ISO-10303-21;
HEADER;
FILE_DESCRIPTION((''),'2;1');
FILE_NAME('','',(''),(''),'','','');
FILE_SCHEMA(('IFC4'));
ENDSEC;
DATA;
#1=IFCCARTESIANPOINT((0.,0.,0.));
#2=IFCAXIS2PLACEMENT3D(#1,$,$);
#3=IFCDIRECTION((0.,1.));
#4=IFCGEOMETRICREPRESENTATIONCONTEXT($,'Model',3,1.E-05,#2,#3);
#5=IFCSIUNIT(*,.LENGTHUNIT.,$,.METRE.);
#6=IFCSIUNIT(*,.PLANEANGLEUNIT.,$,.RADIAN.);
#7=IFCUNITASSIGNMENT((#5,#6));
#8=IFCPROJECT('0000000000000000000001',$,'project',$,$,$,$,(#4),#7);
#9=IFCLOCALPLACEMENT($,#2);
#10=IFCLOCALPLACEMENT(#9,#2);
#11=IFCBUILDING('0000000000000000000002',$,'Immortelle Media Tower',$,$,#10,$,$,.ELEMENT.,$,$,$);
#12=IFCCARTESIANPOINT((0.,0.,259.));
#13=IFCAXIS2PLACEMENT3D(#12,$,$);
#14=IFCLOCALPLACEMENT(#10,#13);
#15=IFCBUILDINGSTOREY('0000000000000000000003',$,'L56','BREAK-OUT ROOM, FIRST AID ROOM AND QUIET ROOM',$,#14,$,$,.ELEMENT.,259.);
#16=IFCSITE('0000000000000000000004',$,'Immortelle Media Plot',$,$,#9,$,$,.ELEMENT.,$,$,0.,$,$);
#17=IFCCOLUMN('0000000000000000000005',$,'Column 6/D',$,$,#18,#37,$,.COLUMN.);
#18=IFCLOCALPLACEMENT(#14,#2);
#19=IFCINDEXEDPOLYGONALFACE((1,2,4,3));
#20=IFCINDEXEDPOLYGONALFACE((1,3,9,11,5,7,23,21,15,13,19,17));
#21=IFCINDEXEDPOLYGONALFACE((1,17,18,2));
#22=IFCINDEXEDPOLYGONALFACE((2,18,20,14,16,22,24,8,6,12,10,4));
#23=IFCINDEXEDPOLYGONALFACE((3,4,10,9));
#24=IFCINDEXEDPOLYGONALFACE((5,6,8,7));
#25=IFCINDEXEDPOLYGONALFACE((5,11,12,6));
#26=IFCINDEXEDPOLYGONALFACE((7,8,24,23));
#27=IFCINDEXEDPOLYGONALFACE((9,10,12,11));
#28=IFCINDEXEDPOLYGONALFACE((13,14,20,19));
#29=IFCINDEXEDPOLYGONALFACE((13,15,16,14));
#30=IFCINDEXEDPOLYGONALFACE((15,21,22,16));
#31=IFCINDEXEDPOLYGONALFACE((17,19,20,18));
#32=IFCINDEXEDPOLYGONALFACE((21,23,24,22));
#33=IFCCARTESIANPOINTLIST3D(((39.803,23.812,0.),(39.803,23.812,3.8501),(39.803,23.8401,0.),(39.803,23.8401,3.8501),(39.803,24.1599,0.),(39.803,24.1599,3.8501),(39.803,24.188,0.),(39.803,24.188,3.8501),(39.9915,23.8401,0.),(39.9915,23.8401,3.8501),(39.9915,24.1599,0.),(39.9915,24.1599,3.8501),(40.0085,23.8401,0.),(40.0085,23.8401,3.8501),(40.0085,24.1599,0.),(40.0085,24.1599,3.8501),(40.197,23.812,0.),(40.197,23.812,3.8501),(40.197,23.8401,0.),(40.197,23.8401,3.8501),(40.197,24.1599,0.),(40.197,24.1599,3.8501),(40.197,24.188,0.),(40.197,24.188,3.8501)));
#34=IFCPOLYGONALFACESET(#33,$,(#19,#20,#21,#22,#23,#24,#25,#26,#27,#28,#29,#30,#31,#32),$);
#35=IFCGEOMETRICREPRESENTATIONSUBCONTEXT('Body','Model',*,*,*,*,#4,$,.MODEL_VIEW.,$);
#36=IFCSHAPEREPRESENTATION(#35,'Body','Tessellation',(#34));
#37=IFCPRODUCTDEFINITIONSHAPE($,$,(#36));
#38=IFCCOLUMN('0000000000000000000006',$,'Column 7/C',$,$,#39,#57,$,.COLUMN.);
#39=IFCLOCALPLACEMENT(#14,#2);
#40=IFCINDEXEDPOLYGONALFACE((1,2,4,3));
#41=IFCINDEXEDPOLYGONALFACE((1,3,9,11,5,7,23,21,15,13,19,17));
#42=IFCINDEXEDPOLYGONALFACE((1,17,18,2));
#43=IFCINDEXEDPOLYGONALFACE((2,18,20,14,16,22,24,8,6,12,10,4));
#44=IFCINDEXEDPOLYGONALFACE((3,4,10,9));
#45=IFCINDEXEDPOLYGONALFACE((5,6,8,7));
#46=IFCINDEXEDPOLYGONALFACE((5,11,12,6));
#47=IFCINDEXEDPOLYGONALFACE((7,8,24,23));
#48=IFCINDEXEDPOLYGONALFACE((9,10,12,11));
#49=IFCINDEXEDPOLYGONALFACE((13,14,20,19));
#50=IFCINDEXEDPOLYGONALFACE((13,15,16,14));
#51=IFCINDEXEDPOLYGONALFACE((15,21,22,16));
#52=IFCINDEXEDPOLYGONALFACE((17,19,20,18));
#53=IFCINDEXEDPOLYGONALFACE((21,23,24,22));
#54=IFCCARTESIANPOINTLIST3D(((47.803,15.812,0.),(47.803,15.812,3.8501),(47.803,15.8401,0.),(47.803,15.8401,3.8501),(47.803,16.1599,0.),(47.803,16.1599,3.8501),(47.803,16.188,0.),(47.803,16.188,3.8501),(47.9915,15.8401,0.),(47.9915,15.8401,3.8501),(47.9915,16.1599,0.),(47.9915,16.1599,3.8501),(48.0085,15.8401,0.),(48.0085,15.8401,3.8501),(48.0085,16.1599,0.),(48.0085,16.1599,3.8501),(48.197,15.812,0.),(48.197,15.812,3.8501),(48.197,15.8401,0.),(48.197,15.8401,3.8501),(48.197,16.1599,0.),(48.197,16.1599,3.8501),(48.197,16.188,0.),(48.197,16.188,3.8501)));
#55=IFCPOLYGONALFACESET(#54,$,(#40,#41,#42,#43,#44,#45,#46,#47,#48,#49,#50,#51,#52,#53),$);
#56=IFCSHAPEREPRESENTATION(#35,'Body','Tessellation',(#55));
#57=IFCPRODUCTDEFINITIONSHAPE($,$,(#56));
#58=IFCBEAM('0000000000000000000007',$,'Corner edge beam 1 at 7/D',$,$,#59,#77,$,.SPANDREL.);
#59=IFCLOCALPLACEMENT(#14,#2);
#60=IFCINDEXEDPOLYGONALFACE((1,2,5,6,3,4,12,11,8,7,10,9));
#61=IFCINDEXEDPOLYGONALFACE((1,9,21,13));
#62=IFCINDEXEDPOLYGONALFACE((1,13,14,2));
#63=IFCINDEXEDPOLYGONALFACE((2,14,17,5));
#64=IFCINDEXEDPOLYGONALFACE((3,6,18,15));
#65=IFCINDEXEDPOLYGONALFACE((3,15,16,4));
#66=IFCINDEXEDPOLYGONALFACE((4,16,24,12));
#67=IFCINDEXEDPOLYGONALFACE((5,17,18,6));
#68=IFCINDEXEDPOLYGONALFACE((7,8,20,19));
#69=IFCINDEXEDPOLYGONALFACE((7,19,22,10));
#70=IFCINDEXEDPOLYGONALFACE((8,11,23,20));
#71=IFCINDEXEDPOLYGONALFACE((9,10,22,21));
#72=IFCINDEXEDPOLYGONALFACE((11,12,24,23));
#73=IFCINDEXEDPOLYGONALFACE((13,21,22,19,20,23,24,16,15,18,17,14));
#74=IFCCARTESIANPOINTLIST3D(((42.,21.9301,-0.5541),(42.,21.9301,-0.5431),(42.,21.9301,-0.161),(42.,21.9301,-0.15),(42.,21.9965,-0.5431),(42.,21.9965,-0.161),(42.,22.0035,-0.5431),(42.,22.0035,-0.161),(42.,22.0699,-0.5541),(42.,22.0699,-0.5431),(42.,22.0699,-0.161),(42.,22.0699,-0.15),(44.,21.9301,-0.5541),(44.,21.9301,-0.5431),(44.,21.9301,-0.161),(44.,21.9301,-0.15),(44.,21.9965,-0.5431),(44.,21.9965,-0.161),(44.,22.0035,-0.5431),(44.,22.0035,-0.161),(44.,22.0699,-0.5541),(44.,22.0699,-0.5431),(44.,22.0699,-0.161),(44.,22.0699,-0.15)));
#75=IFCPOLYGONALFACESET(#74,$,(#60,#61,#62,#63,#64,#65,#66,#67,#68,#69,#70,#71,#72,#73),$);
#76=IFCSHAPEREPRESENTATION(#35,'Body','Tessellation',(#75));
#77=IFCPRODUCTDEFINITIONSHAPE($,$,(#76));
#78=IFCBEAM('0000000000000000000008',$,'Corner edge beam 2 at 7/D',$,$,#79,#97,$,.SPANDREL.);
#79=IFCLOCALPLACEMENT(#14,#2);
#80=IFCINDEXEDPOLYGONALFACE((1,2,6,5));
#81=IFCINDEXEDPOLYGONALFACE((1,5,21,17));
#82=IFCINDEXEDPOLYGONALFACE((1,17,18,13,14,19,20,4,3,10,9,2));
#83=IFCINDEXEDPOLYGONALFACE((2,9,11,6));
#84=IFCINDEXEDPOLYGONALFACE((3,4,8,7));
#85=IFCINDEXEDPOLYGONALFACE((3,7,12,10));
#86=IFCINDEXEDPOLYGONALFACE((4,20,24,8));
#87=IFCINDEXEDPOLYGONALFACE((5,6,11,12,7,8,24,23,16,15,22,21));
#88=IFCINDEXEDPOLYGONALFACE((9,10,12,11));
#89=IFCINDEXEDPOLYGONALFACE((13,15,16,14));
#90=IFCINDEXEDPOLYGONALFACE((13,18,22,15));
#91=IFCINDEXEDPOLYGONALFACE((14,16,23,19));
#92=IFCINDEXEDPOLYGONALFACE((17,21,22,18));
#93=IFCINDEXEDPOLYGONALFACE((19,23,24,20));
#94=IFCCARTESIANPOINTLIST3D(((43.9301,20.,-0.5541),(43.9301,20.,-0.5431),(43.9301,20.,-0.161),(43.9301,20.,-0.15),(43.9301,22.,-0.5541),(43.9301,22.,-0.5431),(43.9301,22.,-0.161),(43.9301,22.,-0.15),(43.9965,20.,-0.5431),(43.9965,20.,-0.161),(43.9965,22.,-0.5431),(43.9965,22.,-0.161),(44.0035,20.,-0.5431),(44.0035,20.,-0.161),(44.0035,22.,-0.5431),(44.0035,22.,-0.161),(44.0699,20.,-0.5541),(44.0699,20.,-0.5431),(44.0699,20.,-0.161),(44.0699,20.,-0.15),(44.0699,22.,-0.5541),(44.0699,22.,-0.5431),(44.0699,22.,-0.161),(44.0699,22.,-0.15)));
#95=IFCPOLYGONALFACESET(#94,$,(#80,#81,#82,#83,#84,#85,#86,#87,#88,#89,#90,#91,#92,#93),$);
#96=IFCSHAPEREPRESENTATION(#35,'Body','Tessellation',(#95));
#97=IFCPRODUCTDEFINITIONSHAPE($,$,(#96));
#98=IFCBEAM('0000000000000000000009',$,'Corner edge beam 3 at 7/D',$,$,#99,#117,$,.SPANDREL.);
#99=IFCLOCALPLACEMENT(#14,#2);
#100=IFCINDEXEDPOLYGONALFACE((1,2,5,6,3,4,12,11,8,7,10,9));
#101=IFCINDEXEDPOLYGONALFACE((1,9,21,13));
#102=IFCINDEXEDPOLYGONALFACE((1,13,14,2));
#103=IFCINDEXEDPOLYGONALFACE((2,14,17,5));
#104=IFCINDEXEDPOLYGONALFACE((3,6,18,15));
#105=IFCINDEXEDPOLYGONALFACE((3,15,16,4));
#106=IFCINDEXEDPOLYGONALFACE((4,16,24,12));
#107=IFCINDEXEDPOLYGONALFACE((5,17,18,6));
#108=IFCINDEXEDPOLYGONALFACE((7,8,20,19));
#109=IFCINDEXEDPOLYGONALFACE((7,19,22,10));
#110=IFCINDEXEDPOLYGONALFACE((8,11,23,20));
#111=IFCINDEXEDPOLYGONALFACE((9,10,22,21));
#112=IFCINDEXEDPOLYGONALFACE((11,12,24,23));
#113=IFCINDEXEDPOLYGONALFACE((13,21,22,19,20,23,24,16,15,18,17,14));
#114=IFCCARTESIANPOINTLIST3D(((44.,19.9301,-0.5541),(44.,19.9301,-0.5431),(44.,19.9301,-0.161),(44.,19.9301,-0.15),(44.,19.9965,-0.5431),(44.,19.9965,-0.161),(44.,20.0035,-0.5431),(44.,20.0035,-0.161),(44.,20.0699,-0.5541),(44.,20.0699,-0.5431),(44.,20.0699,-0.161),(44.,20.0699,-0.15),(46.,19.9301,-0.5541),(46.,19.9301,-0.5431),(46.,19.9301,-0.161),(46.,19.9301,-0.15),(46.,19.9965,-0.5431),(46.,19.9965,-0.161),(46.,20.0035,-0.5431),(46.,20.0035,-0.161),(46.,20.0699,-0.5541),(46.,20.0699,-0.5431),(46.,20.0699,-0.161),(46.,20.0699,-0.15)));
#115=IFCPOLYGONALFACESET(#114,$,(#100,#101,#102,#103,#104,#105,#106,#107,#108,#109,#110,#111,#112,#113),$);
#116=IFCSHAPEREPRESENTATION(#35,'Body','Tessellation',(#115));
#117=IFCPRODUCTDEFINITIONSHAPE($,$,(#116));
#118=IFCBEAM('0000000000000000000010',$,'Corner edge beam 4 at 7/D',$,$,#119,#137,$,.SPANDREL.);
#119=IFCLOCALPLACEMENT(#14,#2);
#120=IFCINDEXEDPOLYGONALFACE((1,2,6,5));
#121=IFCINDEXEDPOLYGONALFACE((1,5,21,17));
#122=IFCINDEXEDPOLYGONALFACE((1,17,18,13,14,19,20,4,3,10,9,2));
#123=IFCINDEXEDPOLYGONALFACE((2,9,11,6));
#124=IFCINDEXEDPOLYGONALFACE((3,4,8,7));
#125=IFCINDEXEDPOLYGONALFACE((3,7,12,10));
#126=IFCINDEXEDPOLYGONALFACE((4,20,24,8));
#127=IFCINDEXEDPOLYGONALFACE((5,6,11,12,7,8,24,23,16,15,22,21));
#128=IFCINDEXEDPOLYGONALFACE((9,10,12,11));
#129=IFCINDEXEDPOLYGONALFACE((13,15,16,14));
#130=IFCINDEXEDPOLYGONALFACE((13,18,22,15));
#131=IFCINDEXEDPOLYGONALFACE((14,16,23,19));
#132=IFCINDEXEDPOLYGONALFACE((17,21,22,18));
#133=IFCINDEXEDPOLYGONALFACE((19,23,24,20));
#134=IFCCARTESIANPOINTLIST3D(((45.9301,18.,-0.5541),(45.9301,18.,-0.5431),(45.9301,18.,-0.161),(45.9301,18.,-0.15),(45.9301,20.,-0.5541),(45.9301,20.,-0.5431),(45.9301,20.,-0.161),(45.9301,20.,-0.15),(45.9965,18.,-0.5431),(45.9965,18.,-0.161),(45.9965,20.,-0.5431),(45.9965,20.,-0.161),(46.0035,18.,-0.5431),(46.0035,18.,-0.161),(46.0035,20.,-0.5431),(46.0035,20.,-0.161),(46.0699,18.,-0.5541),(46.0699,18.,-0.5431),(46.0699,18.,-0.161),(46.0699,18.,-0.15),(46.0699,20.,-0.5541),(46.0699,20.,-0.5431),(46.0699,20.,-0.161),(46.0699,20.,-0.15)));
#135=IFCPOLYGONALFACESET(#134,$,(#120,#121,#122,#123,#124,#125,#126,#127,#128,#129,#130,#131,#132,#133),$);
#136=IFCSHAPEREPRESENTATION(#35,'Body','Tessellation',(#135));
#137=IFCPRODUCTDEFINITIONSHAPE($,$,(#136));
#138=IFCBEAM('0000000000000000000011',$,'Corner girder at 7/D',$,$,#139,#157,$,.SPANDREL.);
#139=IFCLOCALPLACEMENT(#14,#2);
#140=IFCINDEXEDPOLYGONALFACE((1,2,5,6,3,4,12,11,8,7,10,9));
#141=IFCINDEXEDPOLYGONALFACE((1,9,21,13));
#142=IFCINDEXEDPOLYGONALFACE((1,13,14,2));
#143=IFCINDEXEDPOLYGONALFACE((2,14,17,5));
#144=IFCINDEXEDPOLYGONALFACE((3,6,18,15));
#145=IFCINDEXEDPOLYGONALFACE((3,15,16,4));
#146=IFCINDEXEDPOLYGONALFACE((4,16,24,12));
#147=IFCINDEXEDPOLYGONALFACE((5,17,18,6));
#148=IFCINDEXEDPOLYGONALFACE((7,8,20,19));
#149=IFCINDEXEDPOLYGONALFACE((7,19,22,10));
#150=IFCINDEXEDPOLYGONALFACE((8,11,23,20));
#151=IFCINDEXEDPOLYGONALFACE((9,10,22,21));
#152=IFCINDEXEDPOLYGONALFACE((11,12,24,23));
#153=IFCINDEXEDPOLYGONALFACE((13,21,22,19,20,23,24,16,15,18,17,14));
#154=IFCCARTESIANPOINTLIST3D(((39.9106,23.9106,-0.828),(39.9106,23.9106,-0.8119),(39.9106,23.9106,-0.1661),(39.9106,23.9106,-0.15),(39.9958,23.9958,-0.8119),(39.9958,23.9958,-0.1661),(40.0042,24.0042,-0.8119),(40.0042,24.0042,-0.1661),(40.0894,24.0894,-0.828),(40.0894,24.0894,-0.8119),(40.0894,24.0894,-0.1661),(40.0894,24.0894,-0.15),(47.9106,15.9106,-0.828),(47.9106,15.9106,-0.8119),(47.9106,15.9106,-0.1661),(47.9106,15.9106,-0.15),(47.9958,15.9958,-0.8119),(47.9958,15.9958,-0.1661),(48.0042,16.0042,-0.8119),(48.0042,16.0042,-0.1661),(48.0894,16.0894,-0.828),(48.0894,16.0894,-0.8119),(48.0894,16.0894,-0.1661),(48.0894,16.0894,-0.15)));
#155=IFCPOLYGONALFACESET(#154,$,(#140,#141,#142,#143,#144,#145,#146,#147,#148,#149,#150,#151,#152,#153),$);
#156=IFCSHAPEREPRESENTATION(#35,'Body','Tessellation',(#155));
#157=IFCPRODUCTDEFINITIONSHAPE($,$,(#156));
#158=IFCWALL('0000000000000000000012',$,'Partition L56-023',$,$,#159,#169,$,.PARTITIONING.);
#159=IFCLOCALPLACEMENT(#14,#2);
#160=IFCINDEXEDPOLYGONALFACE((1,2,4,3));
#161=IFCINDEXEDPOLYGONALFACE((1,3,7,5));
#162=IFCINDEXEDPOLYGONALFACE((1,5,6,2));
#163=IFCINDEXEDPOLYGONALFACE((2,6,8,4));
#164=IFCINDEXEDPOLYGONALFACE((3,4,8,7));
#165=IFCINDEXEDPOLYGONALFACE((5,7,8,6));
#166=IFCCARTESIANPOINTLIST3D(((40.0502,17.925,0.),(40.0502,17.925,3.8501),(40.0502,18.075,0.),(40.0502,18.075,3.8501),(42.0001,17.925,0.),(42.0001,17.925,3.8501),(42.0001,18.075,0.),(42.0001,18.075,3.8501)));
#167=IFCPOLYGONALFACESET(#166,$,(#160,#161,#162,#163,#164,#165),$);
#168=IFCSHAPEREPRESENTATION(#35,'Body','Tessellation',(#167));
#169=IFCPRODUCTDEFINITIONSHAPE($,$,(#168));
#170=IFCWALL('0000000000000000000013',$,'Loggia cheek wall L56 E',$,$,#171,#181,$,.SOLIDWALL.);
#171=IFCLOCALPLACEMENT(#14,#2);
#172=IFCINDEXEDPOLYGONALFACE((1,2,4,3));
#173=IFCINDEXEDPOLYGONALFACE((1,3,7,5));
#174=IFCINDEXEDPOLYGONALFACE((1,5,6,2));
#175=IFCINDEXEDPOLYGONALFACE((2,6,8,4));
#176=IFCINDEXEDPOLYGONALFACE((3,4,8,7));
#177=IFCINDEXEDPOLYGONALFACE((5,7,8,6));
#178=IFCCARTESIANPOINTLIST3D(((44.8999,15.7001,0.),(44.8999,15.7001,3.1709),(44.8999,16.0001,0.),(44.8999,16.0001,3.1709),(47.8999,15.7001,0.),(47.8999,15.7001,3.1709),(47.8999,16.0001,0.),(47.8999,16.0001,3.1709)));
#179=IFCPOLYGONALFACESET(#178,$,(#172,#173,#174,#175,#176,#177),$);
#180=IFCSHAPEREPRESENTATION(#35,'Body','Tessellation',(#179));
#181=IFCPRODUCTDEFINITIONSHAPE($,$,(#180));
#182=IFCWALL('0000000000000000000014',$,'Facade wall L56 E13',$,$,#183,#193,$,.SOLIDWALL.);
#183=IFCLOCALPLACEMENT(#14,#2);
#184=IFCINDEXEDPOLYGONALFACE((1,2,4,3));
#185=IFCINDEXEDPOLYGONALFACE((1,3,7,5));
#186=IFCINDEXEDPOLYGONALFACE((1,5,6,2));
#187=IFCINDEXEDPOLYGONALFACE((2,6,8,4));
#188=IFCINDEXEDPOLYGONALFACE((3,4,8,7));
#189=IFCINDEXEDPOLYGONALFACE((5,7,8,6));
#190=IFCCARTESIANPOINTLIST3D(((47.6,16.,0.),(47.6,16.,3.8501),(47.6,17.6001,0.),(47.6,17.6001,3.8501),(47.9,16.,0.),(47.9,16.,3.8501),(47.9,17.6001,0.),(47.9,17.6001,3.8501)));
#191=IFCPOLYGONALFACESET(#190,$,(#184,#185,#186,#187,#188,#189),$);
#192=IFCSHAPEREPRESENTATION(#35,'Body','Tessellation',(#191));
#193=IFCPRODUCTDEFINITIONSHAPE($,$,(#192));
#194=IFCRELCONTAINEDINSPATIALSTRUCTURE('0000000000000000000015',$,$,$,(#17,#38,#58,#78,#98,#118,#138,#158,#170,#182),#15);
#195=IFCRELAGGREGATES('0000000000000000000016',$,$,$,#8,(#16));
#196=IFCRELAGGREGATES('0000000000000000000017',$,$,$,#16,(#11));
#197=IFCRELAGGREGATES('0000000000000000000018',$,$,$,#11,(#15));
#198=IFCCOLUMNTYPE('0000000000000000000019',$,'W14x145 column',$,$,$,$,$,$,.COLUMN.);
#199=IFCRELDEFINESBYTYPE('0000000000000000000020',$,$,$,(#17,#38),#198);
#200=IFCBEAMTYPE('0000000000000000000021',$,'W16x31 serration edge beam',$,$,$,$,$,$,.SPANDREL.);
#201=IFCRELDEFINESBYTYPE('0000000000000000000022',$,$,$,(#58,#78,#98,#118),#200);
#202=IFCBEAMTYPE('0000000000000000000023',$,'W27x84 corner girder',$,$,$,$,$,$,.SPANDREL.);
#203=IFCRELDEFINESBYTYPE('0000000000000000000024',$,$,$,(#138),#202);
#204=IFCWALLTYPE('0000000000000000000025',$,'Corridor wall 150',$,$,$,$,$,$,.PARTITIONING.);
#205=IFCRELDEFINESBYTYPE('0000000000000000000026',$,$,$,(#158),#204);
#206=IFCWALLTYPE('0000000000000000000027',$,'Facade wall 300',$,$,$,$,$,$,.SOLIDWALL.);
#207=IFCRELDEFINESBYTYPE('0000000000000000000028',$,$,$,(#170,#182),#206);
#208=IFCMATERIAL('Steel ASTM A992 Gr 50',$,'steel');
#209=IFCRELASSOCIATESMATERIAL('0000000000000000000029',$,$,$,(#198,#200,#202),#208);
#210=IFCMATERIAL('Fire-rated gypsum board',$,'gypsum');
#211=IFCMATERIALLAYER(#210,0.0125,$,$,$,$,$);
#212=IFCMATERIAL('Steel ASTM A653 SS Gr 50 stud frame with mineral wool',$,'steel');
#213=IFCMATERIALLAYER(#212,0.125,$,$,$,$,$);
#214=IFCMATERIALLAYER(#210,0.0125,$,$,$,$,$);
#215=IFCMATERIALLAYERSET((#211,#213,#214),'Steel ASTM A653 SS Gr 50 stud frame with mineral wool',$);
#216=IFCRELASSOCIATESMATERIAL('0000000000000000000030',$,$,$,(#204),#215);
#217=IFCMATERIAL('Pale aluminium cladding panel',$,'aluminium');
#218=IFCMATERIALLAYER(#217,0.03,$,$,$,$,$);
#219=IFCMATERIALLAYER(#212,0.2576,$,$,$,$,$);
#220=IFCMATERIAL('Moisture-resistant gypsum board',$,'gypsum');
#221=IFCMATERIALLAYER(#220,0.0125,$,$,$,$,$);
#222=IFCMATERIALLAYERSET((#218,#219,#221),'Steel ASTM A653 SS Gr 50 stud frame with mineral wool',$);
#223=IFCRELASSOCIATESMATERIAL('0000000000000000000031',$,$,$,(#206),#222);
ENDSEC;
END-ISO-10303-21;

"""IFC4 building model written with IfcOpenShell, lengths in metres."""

from ifc_helpers import new_model, si_unit, direction, frame, frame_2d, origin, origin_2d, place, context, subcontext, project, spatial, rectangle, i_section, extrude, material, layer, layer_set, material_profile, profile_set, type_object, element, save


model = new_model("IFC4")

# Units and contexts
model_context = context("Model", 3, precision=1e-05, world=origin(), true_north=direction((0.0, 1.0)))
body_context = subcontext(model_context, "Body", "Model", "MODEL_VIEW")
ifc_project = project(units=[si_unit("LENGTHUNIT", "METRE"), si_unit("PLANEANGLEUNIT", "RADIAN")], contexts=[model_context])

# Site, building, storey
site_placement = place(None, origin())
site = spatial("IfcSite", under=ifc_project, at=site_placement, Name="Immortelle Media Plot", CompositionType="ELEMENT", RefElevation=0.0)
building_placement = place(site_placement, origin())
building = spatial("IfcBuilding", under=site, at=building_placement, Name="Immortelle Media Tower", CompositionType="ELEMENT")
storey_placement = place(building_placement, frame((0.0, 0.0, 259.0)))
storey = spatial("IfcBuildingStorey", under=building, at=storey_placement, Name="L56", Description="BREAK-OUT ROOM, FIRST AID ROOM AND QUIET ROOM", CompositionType="ELEMENT", Elevation=259.0)

# Columns
ifc_material_1 = material(Name="Steel ASTM A992 Gr 50", Category="steel")
ifc_material_profile_1 = material_profile(ifc_material_1, i_section(OverallWidth=0.394, OverallDepth=0.376, WebThickness=0.0171, FlangeThickness=0.0281, at=origin_2d()), Name="W14x145")
ifc_profile_set_1 = profile_set([ifc_material_profile_1], Name="Steel ASTM A992 Gr 50")
column_type = type_object("IfcColumnType", Name="W14x145 column", PredefinedType="COLUMN", material=ifc_profile_set_1)
for number, where, z_axis, x_axis, name in (
    (1, (40.0, 24.0, 0.0), (0.0, 0.0, 1.0), (1.0, 0.0, 0.0), "Column 6/D"),
    (2, (48.0, 16.0, 0.0), (0.0, 0.0, 1.0), (1.0, 0.0, 0.0), "Column 7/C"),
):
    element("IfcColumn", number, at=place(storey_placement, frame(where, z_axis=z_axis, x_axis=x_axis)), inside=storey, type_object=column_type, Name=name, PredefinedType="COLUMN", context=body_context, shape_type="SweptSolid", body=[
        extrude(i_section(OverallWidth=0.394, OverallDepth=0.376, WebThickness=0.0171, FlangeThickness=0.0281, at=origin_2d()), origin(), (0.0, 0.0, 1.0), 3.8501),
    ])

# Beams
ifc_material_profile_2 = material_profile(ifc_material_1, i_section(OverallWidth=0.1399, OverallDepth=0.4041, WebThickness=0.0071, FlangeThickness=0.011, at=origin_2d()), Name="W16x31")
ifc_profile_set_2 = profile_set([ifc_material_profile_2], Name="Steel ASTM A992 Gr 50")
beam_type_1 = type_object("IfcBeamType", Name="W16x31 serration edge beam", PredefinedType="SPANDREL", material=ifc_profile_set_2)
for number, where, z_axis, x_axis, name in (
    (3, (42.0, 22.0, -0.3521), (1.0, 0.0, 0.0), (0.0, 1.0, 0.0), "Corner edge beam 1 at 7/D"),
    (4, (44.0, 22.0, -0.3521), (0.0, -1.0, 0.0), (1.0, 0.0, 0.0), "Corner edge beam 2 at 7/D"),
    (5, (44.0, 20.0, -0.3521), (1.0, 0.0, 0.0), (0.0, 1.0, 0.0), "Corner edge beam 3 at 7/D"),
    (6, (46.0, 20.0, -0.3521), (0.0, -1.0, 0.0), (1.0, 0.0, 0.0), "Corner edge beam 4 at 7/D"),
):
    element("IfcBeam", number, at=place(storey_placement, frame(where, z_axis=z_axis, x_axis=x_axis)), inside=storey, type_object=beam_type_1, Name=name, PredefinedType="SPANDREL", context=body_context, shape_type="SweptSolid", body=[
        extrude(i_section(OverallWidth=0.1399, OverallDepth=0.4041, WebThickness=0.0071, FlangeThickness=0.011, at=origin_2d()), origin(), (0.0, 0.0, 1.0), 2.0),
    ])
ifc_material_profile_3 = material_profile(ifc_material_1, i_section(OverallWidth=0.2529, OverallDepth=0.678, WebThickness=0.012, FlangeThickness=0.0161, at=origin_2d()), Name="W27x84")
ifc_profile_set_3 = profile_set([ifc_material_profile_3], Name="Steel ASTM A992 Gr 50")
beam_type_2 = type_object("IfcBeamType", Name="W27x84 corner girder", PredefinedType="SPANDREL", material=ifc_profile_set_3)
beam_placement = place(storey_placement, frame((40.0, 24.0, -0.489), z_axis=(0.707107, -0.707107, 0.0), x_axis=(0.707107, 0.707107, 0.0)))
element("IfcBeam", 7, at=beam_placement, inside=storey, type_object=beam_type_2, Name="Corner girder at 7/D", PredefinedType="SPANDREL", context=body_context, shape_type="SweptSolid", body=[
    extrude(i_section(OverallWidth=0.2529, OverallDepth=0.678, WebThickness=0.012, FlangeThickness=0.0161, at=origin_2d()), origin(), (0.0, 0.0, 1.0), 11.3137),
])

# Walls
ifc_material_2 = material(Name="Fire-rated gypsum board", Category="gypsum")
ifc_layer_1 = layer(ifc_material_2, 0.0125)
ifc_material_3 = material(Name="Steel ASTM A653 SS Gr 50 stud frame with mineral wool", Category="steel")
ifc_layer_2 = layer(ifc_material_3, 0.125)
ifc_layer_3 = layer(ifc_material_2, 0.0125)
ifc_layer_set_1 = layer_set([ifc_layer_1, ifc_layer_2, ifc_layer_3], Name="Steel ASTM A653 SS Gr 50 stud frame with mineral wool")
wall_type_1 = type_object("IfcWallType", Name="Corridor wall 150", PredefinedType="PARTITIONING", material=ifc_layer_set_1)
wall_1_placement = place(storey_placement, frame((40.05, 18.0, 0.0), z_axis=(0.0, 0.0, 1.0), x_axis=(1.0, 0.0, 0.0)))
element("IfcWall", 8, at=wall_1_placement, inside=storey, type_object=wall_type_1, Name="Partition L56-023", PredefinedType="PARTITIONING", context=body_context, shape_type="SweptSolid", body=[
    extrude(rectangle(XDim=1.95, YDim=0.1499, at=frame_2d((0.9751, 0.0))), origin(), (0.0, 0.0, 1.0), 3.8501),
])
ifc_material_4 = material(Name="Pale aluminium cladding panel", Category="aluminium")
ifc_layer_4 = layer(ifc_material_4, 0.03)
ifc_layer_5 = layer(ifc_material_3, 0.2576)
ifc_material_5 = material(Name="Moisture-resistant gypsum board", Category="gypsum")
ifc_layer_6 = layer(ifc_material_5, 0.0125)
ifc_layer_set_2 = layer_set([ifc_layer_4, ifc_layer_5, ifc_layer_6], Name="Steel ASTM A653 SS Gr 50 stud frame with mineral wool")
wall_type_2 = type_object("IfcWallType", Name="Facade wall 300", PredefinedType="SOLIDWALL", material=ifc_layer_set_2)
wall_2_placement = place(storey_placement, frame((47.8999, 15.8501, 0.0), z_axis=(0.0, 0.0, 1.0), x_axis=(-1.0, 0.0, 0.0)))
element("IfcWall", 9, at=wall_2_placement, inside=storey, type_object=wall_type_2, Name="Loggia cheek wall L56 E", PredefinedType="SOLIDWALL", context=body_context, shape_type="SweptSolid", body=[
    extrude(rectangle(XDim=3.0, YDim=0.3, at=frame_2d((1.5, 0.0))), origin(), (0.0, 0.0, 1.0), 3.1709),
])
wall_3_placement = place(storey_placement, frame((47.75, 16.0, 0.0), z_axis=(0.0, 0.0, 1.0), x_axis=(0.0, 1.0, 0.0)))
element("IfcWall", 10, at=wall_3_placement, inside=storey, type_object=wall_type_2, Name="Facade wall L56 E13", PredefinedType="SOLIDWALL", context=body_context, shape_type="SweptSolid", body=[
    extrude(rectangle(XDim=1.6001, YDim=0.3, at=frame_2d((0.8, 0.0))), origin(), (0.0, 0.0, 1.0), 3.8501),
])

save(model, "model.ifc")
